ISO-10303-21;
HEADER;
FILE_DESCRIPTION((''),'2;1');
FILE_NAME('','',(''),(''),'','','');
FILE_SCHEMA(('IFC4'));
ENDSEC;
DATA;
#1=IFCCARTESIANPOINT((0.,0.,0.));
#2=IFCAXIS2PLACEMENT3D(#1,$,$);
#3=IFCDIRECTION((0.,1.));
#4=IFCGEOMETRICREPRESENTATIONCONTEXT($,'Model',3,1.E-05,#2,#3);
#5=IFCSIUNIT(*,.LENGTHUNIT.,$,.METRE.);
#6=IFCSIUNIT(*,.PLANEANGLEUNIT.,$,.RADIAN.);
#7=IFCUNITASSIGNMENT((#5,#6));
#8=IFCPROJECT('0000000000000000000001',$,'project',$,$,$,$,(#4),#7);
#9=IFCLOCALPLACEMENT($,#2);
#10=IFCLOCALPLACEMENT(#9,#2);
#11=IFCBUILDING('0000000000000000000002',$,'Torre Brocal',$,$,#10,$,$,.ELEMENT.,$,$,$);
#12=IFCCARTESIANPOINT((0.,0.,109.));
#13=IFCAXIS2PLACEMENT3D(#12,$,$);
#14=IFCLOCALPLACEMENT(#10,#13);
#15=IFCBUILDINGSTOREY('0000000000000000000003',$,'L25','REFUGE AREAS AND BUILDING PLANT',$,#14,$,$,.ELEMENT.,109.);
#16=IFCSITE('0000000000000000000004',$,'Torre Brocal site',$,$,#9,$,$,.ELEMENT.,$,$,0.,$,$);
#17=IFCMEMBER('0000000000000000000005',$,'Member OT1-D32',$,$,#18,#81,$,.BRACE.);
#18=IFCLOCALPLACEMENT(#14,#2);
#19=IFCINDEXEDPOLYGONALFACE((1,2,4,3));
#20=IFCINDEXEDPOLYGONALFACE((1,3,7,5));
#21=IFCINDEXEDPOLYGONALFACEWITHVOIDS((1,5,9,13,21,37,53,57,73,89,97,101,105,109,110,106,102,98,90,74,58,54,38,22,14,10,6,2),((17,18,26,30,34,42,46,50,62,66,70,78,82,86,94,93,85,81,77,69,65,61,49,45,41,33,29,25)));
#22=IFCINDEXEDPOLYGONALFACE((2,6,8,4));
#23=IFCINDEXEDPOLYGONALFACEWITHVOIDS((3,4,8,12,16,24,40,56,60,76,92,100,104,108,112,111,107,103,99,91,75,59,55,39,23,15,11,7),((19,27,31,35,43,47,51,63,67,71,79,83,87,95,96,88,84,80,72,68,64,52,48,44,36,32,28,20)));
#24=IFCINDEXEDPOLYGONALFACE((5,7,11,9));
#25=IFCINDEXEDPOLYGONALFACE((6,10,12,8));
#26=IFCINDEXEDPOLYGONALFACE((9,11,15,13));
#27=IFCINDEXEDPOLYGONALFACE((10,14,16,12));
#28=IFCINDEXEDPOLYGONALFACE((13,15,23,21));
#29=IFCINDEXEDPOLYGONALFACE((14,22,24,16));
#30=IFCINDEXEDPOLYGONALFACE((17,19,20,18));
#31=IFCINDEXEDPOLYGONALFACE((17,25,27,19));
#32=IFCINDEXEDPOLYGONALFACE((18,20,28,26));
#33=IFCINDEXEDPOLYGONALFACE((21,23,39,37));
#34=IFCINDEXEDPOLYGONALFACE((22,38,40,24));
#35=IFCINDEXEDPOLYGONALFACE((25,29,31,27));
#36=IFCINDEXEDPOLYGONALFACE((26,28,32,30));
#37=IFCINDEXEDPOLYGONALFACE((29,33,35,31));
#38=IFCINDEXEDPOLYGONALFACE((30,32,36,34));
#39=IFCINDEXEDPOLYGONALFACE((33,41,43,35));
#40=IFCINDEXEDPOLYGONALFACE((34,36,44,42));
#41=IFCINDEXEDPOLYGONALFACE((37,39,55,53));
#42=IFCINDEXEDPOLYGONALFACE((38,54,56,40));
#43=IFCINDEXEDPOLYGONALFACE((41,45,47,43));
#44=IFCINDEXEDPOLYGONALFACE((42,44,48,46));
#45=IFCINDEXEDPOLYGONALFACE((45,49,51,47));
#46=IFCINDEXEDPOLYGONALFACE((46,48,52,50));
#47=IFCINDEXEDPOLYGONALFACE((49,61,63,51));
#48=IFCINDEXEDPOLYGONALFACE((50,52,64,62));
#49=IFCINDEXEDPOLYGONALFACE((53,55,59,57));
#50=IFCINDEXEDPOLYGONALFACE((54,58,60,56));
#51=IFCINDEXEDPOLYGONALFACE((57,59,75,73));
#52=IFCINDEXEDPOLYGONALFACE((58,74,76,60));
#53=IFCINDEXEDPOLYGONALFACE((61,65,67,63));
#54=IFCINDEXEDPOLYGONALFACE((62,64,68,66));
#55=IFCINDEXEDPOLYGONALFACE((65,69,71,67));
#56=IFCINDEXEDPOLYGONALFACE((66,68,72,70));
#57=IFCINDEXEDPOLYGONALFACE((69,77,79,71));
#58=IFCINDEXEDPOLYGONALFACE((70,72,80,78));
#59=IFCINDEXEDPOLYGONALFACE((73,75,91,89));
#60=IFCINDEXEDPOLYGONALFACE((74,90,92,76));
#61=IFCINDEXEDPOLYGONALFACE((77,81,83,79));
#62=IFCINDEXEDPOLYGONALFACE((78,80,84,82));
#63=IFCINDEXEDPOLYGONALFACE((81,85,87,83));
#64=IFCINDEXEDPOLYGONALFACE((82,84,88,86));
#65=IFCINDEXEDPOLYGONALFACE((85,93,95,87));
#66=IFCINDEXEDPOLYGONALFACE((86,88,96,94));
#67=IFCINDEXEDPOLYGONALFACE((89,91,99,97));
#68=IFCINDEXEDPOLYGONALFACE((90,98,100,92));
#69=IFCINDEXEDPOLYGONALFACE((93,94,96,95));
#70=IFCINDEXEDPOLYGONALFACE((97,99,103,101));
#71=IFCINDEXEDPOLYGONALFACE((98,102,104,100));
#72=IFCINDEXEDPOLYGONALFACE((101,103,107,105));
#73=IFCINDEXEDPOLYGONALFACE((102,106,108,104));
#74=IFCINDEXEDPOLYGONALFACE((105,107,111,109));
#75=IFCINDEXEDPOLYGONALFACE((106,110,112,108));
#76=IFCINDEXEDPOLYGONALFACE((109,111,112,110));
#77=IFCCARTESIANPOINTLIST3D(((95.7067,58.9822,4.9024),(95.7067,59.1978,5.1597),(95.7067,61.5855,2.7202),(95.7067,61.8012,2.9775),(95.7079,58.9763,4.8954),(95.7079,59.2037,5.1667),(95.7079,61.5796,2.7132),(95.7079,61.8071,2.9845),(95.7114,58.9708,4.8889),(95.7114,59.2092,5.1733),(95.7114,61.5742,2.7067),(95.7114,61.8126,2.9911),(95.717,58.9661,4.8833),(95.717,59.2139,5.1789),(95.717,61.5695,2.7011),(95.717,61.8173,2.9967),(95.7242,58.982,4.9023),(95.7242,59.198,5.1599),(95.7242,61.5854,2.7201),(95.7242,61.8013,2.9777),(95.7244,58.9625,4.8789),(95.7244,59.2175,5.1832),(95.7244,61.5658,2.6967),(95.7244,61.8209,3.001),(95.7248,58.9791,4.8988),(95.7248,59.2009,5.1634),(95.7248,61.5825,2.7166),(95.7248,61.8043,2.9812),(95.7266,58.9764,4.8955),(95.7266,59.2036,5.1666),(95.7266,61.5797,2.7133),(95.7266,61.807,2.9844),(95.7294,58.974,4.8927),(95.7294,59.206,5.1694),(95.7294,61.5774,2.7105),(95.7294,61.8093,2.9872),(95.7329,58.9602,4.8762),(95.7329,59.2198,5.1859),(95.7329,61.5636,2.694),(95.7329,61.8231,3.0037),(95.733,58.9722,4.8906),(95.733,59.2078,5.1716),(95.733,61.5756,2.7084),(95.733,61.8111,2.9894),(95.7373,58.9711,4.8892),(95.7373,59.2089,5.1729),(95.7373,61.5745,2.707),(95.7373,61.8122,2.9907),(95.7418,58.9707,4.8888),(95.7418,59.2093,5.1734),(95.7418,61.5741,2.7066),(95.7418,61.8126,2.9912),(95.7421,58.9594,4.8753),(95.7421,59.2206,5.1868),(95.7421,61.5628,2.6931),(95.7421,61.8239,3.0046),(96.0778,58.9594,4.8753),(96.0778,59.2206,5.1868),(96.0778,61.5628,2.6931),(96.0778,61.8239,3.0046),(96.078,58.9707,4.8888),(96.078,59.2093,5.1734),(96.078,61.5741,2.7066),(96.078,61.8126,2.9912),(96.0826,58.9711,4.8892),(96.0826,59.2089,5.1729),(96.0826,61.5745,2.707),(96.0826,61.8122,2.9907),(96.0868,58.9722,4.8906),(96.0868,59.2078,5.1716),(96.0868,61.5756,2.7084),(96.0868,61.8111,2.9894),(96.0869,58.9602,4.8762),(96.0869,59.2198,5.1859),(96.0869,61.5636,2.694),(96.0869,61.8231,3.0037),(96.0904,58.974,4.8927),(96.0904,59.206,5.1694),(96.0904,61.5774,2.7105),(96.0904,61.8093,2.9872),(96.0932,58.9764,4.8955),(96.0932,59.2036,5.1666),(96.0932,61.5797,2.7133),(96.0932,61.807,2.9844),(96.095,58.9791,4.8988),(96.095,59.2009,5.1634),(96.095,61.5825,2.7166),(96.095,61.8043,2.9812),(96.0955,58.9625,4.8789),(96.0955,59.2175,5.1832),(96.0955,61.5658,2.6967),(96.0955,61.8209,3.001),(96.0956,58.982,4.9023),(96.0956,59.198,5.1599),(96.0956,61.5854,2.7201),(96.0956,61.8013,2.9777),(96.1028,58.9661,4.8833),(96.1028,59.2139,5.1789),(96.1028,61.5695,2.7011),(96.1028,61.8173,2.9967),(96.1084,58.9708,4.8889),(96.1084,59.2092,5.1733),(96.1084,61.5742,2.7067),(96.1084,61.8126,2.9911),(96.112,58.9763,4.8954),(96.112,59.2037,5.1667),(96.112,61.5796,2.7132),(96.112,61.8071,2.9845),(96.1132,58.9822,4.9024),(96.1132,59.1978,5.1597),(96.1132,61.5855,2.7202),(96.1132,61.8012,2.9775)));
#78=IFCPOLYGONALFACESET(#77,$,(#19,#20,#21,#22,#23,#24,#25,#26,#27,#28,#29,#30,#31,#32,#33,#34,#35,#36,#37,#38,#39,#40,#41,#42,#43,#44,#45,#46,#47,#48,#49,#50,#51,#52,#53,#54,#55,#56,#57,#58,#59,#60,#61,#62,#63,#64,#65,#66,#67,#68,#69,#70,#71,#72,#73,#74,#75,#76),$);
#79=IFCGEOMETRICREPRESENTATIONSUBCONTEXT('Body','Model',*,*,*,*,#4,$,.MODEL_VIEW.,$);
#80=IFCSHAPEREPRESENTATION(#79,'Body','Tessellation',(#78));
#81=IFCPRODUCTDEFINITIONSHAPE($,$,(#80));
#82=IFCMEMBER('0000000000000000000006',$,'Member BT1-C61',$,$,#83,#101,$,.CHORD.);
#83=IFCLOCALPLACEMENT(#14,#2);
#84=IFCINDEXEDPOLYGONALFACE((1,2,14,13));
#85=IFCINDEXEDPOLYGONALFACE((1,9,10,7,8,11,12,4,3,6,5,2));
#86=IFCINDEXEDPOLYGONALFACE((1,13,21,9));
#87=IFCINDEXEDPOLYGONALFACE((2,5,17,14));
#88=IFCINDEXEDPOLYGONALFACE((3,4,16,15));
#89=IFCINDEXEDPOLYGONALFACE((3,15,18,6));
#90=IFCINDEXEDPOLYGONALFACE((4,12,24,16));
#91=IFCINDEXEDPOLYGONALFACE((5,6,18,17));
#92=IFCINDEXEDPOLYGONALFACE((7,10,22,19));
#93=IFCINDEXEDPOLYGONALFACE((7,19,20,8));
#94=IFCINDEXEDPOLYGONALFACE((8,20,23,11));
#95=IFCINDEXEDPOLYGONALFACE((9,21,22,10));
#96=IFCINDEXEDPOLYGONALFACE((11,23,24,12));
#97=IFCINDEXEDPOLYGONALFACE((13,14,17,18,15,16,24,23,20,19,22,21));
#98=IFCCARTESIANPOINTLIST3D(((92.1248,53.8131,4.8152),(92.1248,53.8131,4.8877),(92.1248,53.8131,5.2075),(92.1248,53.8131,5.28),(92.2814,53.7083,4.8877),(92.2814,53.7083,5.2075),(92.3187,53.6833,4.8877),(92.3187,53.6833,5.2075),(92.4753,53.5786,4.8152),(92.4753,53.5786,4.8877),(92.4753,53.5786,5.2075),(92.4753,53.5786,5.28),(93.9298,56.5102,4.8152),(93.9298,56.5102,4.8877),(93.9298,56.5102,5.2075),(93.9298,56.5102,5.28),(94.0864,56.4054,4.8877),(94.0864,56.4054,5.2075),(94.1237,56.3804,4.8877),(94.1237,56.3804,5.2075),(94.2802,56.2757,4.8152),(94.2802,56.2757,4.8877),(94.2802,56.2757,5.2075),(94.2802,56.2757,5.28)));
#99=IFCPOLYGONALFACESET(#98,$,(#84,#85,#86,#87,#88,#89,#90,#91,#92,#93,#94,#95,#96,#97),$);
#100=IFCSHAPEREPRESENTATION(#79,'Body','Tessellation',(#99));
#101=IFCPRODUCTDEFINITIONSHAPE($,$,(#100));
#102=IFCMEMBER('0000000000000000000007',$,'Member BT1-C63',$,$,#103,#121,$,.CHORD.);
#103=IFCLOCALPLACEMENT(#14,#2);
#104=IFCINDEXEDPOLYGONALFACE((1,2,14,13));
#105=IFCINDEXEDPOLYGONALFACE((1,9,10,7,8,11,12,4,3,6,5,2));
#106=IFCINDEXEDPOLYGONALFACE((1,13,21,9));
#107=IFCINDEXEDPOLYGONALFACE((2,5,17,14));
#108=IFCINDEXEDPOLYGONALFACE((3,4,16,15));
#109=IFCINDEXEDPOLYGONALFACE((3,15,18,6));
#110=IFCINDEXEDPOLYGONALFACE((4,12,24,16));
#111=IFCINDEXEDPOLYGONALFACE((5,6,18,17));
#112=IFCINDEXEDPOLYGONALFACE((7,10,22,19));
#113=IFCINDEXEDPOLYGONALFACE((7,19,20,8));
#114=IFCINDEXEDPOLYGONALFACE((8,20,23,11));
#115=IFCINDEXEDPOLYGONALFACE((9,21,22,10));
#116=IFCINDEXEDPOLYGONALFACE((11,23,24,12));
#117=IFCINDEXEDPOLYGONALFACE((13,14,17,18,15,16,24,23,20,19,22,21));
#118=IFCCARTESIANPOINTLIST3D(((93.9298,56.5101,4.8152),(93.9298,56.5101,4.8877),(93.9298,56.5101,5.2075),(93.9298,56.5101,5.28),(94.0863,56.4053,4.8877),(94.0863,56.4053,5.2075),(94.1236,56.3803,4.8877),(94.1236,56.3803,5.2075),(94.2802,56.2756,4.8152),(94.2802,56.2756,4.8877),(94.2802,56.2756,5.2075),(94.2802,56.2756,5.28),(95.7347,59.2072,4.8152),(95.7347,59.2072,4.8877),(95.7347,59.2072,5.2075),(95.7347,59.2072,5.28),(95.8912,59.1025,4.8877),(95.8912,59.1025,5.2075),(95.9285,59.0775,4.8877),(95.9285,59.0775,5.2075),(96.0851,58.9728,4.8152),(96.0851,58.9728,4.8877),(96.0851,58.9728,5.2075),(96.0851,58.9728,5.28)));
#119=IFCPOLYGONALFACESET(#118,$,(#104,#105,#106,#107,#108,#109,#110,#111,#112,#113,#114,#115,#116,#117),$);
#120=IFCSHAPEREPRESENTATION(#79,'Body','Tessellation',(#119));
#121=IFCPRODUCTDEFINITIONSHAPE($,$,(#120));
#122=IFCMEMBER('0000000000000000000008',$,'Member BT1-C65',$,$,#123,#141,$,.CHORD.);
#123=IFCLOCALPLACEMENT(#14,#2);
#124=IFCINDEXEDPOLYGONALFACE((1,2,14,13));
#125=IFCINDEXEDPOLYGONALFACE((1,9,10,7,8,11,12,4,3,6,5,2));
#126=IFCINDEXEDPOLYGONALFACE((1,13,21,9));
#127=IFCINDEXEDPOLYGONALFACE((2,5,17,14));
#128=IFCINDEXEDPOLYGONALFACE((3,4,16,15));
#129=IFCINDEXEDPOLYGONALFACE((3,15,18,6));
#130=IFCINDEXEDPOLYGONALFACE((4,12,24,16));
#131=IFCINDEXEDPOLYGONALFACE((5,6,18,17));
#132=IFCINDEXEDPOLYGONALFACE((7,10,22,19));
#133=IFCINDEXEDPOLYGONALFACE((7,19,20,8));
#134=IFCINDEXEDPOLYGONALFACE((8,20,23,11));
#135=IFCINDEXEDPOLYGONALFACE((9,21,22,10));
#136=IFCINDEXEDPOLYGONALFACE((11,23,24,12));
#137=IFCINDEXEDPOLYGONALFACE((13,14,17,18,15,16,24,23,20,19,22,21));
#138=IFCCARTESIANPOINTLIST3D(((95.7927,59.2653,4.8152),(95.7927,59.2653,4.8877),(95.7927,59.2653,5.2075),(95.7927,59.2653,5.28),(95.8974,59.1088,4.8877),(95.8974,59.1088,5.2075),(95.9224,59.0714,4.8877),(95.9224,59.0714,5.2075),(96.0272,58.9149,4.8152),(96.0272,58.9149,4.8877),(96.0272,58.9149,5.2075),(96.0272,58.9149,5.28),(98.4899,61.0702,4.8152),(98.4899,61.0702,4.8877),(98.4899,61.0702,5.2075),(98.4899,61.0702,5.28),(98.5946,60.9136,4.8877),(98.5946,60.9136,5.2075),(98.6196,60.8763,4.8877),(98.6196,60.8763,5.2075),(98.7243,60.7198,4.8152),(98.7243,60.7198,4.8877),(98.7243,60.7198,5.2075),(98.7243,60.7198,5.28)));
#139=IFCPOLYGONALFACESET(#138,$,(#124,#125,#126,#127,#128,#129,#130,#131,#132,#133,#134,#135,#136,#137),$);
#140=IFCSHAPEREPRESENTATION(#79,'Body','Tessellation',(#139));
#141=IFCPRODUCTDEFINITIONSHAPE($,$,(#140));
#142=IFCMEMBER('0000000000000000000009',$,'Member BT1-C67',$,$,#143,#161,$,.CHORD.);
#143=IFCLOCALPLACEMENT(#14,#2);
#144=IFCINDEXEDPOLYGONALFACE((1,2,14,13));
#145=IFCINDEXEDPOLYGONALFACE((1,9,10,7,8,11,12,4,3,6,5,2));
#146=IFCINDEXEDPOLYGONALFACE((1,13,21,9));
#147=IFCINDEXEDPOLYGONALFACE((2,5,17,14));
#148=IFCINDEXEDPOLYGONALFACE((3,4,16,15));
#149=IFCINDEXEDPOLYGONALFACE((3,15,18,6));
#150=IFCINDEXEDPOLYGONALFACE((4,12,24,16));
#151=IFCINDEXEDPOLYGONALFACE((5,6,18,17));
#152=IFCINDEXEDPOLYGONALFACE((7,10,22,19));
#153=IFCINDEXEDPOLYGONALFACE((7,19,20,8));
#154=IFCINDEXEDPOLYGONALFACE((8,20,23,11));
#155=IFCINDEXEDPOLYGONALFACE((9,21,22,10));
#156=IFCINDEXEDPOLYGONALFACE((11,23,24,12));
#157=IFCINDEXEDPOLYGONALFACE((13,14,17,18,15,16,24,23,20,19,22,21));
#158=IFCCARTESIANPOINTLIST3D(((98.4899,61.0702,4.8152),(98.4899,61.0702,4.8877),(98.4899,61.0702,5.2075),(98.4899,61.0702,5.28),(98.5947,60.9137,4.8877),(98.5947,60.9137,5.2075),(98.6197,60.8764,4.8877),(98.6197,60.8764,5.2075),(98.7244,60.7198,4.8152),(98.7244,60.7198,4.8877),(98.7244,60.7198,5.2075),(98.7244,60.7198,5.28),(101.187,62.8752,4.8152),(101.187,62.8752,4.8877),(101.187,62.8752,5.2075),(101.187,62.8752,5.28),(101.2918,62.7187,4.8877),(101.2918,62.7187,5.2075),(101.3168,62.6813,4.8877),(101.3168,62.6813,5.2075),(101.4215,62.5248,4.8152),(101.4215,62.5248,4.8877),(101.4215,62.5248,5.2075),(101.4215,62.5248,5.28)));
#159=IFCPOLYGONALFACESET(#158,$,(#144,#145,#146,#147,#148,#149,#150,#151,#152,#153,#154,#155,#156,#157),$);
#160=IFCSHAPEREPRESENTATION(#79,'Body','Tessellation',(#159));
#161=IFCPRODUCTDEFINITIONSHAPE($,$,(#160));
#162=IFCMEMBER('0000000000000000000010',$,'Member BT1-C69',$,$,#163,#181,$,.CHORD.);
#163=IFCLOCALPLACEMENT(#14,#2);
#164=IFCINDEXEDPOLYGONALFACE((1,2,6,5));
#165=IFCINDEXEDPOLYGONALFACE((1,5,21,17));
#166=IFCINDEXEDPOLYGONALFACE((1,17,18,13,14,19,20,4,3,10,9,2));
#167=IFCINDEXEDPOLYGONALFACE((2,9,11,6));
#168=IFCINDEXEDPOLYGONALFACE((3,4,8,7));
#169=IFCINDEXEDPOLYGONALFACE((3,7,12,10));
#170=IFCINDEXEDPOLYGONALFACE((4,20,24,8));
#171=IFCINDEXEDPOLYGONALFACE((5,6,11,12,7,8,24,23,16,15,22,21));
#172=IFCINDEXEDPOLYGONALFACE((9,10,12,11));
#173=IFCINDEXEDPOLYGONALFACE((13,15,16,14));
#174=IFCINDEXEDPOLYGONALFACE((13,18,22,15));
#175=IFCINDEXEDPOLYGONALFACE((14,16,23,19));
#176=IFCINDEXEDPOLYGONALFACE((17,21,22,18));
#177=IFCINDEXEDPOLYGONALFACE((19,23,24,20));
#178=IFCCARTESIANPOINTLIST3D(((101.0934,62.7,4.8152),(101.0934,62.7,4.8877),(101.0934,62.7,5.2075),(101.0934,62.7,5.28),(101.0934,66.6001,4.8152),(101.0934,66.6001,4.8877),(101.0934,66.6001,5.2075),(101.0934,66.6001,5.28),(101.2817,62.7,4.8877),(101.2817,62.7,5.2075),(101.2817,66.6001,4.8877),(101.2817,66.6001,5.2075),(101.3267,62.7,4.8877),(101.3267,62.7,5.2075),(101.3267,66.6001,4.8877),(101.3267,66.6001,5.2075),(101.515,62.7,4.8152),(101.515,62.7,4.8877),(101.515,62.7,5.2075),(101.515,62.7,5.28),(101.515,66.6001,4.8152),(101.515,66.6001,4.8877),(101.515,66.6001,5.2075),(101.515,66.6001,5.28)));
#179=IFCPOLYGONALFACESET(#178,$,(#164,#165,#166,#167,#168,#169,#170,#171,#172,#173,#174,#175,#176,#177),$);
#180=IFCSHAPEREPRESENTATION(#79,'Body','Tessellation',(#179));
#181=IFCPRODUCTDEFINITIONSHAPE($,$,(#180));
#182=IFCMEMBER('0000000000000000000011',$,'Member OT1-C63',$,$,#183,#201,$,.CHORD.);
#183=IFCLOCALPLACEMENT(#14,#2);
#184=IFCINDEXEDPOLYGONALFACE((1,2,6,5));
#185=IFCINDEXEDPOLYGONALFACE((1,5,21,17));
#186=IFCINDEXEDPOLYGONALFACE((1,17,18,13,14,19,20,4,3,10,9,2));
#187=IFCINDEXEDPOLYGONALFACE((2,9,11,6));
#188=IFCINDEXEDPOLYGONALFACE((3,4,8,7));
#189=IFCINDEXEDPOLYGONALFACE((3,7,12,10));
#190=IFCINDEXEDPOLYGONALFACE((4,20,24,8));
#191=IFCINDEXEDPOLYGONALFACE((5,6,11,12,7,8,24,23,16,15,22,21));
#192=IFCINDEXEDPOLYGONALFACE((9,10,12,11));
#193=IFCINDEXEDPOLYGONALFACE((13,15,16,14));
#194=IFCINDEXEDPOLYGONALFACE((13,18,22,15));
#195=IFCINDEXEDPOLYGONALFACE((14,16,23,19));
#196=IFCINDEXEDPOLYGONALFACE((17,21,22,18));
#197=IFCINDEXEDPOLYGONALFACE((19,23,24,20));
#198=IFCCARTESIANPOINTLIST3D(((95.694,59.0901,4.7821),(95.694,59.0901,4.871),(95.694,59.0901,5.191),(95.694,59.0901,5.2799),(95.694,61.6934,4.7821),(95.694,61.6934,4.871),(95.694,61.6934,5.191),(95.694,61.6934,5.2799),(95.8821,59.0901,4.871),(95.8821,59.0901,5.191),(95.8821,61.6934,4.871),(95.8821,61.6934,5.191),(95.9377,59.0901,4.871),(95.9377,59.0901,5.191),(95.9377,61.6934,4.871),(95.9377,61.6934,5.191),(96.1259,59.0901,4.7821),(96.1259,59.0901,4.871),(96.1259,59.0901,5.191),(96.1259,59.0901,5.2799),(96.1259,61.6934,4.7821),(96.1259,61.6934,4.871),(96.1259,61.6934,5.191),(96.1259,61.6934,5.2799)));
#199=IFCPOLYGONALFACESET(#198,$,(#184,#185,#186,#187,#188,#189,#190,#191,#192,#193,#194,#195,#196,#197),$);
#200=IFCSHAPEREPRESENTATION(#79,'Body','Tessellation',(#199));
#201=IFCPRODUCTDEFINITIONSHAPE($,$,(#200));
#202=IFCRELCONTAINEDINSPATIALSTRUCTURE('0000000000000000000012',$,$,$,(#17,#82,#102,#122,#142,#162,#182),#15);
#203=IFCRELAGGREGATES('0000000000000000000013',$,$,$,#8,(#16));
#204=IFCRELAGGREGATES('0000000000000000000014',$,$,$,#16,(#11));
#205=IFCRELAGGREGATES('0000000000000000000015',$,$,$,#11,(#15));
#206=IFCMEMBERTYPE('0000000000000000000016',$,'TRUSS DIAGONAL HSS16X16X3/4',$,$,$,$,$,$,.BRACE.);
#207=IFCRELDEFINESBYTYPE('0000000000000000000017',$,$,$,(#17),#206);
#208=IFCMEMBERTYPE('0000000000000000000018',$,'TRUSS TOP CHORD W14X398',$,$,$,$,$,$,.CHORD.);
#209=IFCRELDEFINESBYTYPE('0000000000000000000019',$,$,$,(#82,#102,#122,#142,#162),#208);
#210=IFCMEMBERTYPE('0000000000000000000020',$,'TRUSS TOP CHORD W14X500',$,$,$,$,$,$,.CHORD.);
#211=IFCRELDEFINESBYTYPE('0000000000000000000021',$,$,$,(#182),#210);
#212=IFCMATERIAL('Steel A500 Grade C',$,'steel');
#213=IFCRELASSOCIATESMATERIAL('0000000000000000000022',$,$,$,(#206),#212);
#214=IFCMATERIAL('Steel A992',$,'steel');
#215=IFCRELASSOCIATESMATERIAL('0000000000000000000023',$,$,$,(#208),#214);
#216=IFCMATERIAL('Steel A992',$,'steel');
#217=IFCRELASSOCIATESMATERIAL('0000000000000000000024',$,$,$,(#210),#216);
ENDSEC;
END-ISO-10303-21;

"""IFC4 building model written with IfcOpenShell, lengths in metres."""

from ifc_helpers import new_model, si_unit, direction, frame, origin, origin_2d, place, context, subcontext, project, spatial, hollow_rectangle, i_section, extrude, material, material_profile, profile_set, type_object, element, save


model = new_model("IFC4")

# Units and contexts
model_context = context("Model", 3, precision=1e-05, world=origin(), true_north=direction((0.0, 1.0)))
body_context = subcontext(model_context, "Body", "Model", "MODEL_VIEW")
ifc_project = project(units=[si_unit("LENGTHUNIT", "METRE"), si_unit("PLANEANGLEUNIT", "RADIAN")], contexts=[model_context])

# Site, building, storey
site_placement = place(None, origin())
site = spatial("IfcSite", under=ifc_project, at=site_placement, Name="Torre Brocal site", CompositionType="ELEMENT", RefElevation=0.0)
building_placement = place(site_placement, origin())
building = spatial("IfcBuilding", under=site, at=building_placement, Name="Torre Brocal", CompositionType="ELEMENT")
storey_placement = place(building_placement, frame((0.0, 0.0, 109.0)))
storey = spatial("IfcBuildingStorey", under=building, at=storey_placement, Name="L25", Description="REFUGE AREAS AND BUILDING PLANT", CompositionType="ELEMENT", Elevation=109.0)

# Members
ifc_material_1 = material(Name="Steel A500 Grade C", Category="steel")
ifc_material_profile_1 = material_profile(ifc_material_1, hollow_rectangle(XDim=0.4065, YDim=0.4065, WallThickness=0.0176, InnerFilletRadius=0.0176, OuterFilletRadius=0.0354, at=origin_2d()), Name="HSS16X16X3/4")
ifc_profile_set_1 = profile_set([ifc_material_profile_1], Name="Steel A500 Grade C")
member_type_1 = type_object("IfcMemberType", Name="TRUSS DIAGONAL HSS16X16X3/4", PredefinedType="BRACE", material=ifc_profile_set_1)
member_1_placement = place(storey_placement, frame((95.9099, 61.6934, 2.8489), z_axis=(0.0, -0.766374, 0.642394), x_axis=(1.0, 0.0, 0.0)))
element("IfcMember", 1, at=member_1_placement, inside=storey, type_object=member_type_1, Name="Member OT1-D32", PredefinedType="BRACE", context=body_context, shape_type="SweptSolid", body=[
    extrude(hollow_rectangle(XDim=0.4065, YDim=0.4065, WallThickness=0.0176, InnerFilletRadius=0.0176, OuterFilletRadius=0.0354, at=origin_2d()), origin(), (0.0, 0.0, 1.0), 3.397),
])
ifc_material_2 = material(Name="Steel A992", Category="steel")
ifc_material_profile_2 = material_profile(ifc_material_2, i_section(OverallWidth=0.4216, OverallDepth=0.4648, WebThickness=0.0449, FlangeThickness=0.0725, at=origin_2d()), Name="W14X398")
ifc_profile_set_2 = profile_set([ifc_material_profile_2], Name="Steel A992")
member_type_2 = type_object("IfcMemberType", Name="TRUSS TOP CHORD W14X398", PredefinedType="CHORD", material=ifc_profile_set_2)
for number, where, z_axis, x_axis, name in (
    (2, (92.3, 53.6958, 5.0476), (0.556175, 0.831065, 0.0), (-0.831065, 0.556175, 0.0), "Member BT1-C61"),
    (3, (94.105, 56.3928, 5.0476), (0.55614, 0.831088, 0.0), (-0.831088, 0.55614, 0.0), "Member BT1-C63"),
    (4, (95.9099, 59.0901, 5.0476), (0.831088, 0.55614, 0.0), (-0.55614, 0.831088, 0.0), "Member BT1-C65"),
    (5, (98.6072, 60.895, 5.0476), (0.831065, 0.556175, 0.0), (-0.556175, 0.831065, 0.0), "Member BT1-C67"),
):
    element("IfcMember", number, at=place(storey_placement, frame(where, z_axis=z_axis, x_axis=x_axis)), inside=storey, type_object=member_type_2, Name=name, PredefinedType="CHORD", context=body_context, shape_type="SweptSolid", body=[
        extrude(i_section(OverallWidth=0.4216, OverallDepth=0.4648, WebThickness=0.0449, FlangeThickness=0.0725, at=origin_2d()), origin(), (0.0, 0.0, 1.0), 3.2454),
    ])
member_2_placement = place(storey_placement, frame((101.3042, 62.7, 5.0476), z_axis=(0.0, 1.0, 0.0), x_axis=(-1.0, 0.0, 0.0)))
element("IfcMember", 6, at=member_2_placement, inside=storey, type_object=member_type_2, Name="Member BT1-C69", PredefinedType="CHORD", context=body_context, shape_type="SweptSolid", body=[
    extrude(i_section(OverallWidth=0.4216, OverallDepth=0.4648, WebThickness=0.0449, FlangeThickness=0.0725, at=origin_2d()), origin(), (0.0, 0.0, 1.0), 3.9001),
])
ifc_material_3 = material(Name="Steel A992", Category="steel")
ifc_material_profile_3 = material_profile(ifc_material_3, i_section(OverallWidth=0.4319, OverallDepth=0.4978, WebThickness=0.0557, FlangeThickness=0.0889, at=origin_2d()), Name="W14X500")
ifc_profile_set_3 = profile_set([ifc_material_profile_3], Name="Steel A992")
member_type_3 = type_object("IfcMemberType", Name="TRUSS TOP CHORD W14X500", PredefinedType="CHORD", material=ifc_profile_set_3)
member_3_placement = place(storey_placement, frame((95.9099, 61.6934, 5.031), z_axis=(0.0, -1.0, 0.0), x_axis=(1.0, 0.0, 0.0)))
element("IfcMember", 7, at=member_3_placement, inside=storey, type_object=member_type_3, Name="Member OT1-C63", PredefinedType="CHORD", context=body_context, shape_type="SweptSolid", body=[
    extrude(i_section(OverallWidth=0.4319, OverallDepth=0.4978, WebThickness=0.0557, FlangeThickness=0.0889, at=origin_2d()), origin(), (0.0, 0.0, 1.0), 2.6033),
])

save(model, "model.ifc")
